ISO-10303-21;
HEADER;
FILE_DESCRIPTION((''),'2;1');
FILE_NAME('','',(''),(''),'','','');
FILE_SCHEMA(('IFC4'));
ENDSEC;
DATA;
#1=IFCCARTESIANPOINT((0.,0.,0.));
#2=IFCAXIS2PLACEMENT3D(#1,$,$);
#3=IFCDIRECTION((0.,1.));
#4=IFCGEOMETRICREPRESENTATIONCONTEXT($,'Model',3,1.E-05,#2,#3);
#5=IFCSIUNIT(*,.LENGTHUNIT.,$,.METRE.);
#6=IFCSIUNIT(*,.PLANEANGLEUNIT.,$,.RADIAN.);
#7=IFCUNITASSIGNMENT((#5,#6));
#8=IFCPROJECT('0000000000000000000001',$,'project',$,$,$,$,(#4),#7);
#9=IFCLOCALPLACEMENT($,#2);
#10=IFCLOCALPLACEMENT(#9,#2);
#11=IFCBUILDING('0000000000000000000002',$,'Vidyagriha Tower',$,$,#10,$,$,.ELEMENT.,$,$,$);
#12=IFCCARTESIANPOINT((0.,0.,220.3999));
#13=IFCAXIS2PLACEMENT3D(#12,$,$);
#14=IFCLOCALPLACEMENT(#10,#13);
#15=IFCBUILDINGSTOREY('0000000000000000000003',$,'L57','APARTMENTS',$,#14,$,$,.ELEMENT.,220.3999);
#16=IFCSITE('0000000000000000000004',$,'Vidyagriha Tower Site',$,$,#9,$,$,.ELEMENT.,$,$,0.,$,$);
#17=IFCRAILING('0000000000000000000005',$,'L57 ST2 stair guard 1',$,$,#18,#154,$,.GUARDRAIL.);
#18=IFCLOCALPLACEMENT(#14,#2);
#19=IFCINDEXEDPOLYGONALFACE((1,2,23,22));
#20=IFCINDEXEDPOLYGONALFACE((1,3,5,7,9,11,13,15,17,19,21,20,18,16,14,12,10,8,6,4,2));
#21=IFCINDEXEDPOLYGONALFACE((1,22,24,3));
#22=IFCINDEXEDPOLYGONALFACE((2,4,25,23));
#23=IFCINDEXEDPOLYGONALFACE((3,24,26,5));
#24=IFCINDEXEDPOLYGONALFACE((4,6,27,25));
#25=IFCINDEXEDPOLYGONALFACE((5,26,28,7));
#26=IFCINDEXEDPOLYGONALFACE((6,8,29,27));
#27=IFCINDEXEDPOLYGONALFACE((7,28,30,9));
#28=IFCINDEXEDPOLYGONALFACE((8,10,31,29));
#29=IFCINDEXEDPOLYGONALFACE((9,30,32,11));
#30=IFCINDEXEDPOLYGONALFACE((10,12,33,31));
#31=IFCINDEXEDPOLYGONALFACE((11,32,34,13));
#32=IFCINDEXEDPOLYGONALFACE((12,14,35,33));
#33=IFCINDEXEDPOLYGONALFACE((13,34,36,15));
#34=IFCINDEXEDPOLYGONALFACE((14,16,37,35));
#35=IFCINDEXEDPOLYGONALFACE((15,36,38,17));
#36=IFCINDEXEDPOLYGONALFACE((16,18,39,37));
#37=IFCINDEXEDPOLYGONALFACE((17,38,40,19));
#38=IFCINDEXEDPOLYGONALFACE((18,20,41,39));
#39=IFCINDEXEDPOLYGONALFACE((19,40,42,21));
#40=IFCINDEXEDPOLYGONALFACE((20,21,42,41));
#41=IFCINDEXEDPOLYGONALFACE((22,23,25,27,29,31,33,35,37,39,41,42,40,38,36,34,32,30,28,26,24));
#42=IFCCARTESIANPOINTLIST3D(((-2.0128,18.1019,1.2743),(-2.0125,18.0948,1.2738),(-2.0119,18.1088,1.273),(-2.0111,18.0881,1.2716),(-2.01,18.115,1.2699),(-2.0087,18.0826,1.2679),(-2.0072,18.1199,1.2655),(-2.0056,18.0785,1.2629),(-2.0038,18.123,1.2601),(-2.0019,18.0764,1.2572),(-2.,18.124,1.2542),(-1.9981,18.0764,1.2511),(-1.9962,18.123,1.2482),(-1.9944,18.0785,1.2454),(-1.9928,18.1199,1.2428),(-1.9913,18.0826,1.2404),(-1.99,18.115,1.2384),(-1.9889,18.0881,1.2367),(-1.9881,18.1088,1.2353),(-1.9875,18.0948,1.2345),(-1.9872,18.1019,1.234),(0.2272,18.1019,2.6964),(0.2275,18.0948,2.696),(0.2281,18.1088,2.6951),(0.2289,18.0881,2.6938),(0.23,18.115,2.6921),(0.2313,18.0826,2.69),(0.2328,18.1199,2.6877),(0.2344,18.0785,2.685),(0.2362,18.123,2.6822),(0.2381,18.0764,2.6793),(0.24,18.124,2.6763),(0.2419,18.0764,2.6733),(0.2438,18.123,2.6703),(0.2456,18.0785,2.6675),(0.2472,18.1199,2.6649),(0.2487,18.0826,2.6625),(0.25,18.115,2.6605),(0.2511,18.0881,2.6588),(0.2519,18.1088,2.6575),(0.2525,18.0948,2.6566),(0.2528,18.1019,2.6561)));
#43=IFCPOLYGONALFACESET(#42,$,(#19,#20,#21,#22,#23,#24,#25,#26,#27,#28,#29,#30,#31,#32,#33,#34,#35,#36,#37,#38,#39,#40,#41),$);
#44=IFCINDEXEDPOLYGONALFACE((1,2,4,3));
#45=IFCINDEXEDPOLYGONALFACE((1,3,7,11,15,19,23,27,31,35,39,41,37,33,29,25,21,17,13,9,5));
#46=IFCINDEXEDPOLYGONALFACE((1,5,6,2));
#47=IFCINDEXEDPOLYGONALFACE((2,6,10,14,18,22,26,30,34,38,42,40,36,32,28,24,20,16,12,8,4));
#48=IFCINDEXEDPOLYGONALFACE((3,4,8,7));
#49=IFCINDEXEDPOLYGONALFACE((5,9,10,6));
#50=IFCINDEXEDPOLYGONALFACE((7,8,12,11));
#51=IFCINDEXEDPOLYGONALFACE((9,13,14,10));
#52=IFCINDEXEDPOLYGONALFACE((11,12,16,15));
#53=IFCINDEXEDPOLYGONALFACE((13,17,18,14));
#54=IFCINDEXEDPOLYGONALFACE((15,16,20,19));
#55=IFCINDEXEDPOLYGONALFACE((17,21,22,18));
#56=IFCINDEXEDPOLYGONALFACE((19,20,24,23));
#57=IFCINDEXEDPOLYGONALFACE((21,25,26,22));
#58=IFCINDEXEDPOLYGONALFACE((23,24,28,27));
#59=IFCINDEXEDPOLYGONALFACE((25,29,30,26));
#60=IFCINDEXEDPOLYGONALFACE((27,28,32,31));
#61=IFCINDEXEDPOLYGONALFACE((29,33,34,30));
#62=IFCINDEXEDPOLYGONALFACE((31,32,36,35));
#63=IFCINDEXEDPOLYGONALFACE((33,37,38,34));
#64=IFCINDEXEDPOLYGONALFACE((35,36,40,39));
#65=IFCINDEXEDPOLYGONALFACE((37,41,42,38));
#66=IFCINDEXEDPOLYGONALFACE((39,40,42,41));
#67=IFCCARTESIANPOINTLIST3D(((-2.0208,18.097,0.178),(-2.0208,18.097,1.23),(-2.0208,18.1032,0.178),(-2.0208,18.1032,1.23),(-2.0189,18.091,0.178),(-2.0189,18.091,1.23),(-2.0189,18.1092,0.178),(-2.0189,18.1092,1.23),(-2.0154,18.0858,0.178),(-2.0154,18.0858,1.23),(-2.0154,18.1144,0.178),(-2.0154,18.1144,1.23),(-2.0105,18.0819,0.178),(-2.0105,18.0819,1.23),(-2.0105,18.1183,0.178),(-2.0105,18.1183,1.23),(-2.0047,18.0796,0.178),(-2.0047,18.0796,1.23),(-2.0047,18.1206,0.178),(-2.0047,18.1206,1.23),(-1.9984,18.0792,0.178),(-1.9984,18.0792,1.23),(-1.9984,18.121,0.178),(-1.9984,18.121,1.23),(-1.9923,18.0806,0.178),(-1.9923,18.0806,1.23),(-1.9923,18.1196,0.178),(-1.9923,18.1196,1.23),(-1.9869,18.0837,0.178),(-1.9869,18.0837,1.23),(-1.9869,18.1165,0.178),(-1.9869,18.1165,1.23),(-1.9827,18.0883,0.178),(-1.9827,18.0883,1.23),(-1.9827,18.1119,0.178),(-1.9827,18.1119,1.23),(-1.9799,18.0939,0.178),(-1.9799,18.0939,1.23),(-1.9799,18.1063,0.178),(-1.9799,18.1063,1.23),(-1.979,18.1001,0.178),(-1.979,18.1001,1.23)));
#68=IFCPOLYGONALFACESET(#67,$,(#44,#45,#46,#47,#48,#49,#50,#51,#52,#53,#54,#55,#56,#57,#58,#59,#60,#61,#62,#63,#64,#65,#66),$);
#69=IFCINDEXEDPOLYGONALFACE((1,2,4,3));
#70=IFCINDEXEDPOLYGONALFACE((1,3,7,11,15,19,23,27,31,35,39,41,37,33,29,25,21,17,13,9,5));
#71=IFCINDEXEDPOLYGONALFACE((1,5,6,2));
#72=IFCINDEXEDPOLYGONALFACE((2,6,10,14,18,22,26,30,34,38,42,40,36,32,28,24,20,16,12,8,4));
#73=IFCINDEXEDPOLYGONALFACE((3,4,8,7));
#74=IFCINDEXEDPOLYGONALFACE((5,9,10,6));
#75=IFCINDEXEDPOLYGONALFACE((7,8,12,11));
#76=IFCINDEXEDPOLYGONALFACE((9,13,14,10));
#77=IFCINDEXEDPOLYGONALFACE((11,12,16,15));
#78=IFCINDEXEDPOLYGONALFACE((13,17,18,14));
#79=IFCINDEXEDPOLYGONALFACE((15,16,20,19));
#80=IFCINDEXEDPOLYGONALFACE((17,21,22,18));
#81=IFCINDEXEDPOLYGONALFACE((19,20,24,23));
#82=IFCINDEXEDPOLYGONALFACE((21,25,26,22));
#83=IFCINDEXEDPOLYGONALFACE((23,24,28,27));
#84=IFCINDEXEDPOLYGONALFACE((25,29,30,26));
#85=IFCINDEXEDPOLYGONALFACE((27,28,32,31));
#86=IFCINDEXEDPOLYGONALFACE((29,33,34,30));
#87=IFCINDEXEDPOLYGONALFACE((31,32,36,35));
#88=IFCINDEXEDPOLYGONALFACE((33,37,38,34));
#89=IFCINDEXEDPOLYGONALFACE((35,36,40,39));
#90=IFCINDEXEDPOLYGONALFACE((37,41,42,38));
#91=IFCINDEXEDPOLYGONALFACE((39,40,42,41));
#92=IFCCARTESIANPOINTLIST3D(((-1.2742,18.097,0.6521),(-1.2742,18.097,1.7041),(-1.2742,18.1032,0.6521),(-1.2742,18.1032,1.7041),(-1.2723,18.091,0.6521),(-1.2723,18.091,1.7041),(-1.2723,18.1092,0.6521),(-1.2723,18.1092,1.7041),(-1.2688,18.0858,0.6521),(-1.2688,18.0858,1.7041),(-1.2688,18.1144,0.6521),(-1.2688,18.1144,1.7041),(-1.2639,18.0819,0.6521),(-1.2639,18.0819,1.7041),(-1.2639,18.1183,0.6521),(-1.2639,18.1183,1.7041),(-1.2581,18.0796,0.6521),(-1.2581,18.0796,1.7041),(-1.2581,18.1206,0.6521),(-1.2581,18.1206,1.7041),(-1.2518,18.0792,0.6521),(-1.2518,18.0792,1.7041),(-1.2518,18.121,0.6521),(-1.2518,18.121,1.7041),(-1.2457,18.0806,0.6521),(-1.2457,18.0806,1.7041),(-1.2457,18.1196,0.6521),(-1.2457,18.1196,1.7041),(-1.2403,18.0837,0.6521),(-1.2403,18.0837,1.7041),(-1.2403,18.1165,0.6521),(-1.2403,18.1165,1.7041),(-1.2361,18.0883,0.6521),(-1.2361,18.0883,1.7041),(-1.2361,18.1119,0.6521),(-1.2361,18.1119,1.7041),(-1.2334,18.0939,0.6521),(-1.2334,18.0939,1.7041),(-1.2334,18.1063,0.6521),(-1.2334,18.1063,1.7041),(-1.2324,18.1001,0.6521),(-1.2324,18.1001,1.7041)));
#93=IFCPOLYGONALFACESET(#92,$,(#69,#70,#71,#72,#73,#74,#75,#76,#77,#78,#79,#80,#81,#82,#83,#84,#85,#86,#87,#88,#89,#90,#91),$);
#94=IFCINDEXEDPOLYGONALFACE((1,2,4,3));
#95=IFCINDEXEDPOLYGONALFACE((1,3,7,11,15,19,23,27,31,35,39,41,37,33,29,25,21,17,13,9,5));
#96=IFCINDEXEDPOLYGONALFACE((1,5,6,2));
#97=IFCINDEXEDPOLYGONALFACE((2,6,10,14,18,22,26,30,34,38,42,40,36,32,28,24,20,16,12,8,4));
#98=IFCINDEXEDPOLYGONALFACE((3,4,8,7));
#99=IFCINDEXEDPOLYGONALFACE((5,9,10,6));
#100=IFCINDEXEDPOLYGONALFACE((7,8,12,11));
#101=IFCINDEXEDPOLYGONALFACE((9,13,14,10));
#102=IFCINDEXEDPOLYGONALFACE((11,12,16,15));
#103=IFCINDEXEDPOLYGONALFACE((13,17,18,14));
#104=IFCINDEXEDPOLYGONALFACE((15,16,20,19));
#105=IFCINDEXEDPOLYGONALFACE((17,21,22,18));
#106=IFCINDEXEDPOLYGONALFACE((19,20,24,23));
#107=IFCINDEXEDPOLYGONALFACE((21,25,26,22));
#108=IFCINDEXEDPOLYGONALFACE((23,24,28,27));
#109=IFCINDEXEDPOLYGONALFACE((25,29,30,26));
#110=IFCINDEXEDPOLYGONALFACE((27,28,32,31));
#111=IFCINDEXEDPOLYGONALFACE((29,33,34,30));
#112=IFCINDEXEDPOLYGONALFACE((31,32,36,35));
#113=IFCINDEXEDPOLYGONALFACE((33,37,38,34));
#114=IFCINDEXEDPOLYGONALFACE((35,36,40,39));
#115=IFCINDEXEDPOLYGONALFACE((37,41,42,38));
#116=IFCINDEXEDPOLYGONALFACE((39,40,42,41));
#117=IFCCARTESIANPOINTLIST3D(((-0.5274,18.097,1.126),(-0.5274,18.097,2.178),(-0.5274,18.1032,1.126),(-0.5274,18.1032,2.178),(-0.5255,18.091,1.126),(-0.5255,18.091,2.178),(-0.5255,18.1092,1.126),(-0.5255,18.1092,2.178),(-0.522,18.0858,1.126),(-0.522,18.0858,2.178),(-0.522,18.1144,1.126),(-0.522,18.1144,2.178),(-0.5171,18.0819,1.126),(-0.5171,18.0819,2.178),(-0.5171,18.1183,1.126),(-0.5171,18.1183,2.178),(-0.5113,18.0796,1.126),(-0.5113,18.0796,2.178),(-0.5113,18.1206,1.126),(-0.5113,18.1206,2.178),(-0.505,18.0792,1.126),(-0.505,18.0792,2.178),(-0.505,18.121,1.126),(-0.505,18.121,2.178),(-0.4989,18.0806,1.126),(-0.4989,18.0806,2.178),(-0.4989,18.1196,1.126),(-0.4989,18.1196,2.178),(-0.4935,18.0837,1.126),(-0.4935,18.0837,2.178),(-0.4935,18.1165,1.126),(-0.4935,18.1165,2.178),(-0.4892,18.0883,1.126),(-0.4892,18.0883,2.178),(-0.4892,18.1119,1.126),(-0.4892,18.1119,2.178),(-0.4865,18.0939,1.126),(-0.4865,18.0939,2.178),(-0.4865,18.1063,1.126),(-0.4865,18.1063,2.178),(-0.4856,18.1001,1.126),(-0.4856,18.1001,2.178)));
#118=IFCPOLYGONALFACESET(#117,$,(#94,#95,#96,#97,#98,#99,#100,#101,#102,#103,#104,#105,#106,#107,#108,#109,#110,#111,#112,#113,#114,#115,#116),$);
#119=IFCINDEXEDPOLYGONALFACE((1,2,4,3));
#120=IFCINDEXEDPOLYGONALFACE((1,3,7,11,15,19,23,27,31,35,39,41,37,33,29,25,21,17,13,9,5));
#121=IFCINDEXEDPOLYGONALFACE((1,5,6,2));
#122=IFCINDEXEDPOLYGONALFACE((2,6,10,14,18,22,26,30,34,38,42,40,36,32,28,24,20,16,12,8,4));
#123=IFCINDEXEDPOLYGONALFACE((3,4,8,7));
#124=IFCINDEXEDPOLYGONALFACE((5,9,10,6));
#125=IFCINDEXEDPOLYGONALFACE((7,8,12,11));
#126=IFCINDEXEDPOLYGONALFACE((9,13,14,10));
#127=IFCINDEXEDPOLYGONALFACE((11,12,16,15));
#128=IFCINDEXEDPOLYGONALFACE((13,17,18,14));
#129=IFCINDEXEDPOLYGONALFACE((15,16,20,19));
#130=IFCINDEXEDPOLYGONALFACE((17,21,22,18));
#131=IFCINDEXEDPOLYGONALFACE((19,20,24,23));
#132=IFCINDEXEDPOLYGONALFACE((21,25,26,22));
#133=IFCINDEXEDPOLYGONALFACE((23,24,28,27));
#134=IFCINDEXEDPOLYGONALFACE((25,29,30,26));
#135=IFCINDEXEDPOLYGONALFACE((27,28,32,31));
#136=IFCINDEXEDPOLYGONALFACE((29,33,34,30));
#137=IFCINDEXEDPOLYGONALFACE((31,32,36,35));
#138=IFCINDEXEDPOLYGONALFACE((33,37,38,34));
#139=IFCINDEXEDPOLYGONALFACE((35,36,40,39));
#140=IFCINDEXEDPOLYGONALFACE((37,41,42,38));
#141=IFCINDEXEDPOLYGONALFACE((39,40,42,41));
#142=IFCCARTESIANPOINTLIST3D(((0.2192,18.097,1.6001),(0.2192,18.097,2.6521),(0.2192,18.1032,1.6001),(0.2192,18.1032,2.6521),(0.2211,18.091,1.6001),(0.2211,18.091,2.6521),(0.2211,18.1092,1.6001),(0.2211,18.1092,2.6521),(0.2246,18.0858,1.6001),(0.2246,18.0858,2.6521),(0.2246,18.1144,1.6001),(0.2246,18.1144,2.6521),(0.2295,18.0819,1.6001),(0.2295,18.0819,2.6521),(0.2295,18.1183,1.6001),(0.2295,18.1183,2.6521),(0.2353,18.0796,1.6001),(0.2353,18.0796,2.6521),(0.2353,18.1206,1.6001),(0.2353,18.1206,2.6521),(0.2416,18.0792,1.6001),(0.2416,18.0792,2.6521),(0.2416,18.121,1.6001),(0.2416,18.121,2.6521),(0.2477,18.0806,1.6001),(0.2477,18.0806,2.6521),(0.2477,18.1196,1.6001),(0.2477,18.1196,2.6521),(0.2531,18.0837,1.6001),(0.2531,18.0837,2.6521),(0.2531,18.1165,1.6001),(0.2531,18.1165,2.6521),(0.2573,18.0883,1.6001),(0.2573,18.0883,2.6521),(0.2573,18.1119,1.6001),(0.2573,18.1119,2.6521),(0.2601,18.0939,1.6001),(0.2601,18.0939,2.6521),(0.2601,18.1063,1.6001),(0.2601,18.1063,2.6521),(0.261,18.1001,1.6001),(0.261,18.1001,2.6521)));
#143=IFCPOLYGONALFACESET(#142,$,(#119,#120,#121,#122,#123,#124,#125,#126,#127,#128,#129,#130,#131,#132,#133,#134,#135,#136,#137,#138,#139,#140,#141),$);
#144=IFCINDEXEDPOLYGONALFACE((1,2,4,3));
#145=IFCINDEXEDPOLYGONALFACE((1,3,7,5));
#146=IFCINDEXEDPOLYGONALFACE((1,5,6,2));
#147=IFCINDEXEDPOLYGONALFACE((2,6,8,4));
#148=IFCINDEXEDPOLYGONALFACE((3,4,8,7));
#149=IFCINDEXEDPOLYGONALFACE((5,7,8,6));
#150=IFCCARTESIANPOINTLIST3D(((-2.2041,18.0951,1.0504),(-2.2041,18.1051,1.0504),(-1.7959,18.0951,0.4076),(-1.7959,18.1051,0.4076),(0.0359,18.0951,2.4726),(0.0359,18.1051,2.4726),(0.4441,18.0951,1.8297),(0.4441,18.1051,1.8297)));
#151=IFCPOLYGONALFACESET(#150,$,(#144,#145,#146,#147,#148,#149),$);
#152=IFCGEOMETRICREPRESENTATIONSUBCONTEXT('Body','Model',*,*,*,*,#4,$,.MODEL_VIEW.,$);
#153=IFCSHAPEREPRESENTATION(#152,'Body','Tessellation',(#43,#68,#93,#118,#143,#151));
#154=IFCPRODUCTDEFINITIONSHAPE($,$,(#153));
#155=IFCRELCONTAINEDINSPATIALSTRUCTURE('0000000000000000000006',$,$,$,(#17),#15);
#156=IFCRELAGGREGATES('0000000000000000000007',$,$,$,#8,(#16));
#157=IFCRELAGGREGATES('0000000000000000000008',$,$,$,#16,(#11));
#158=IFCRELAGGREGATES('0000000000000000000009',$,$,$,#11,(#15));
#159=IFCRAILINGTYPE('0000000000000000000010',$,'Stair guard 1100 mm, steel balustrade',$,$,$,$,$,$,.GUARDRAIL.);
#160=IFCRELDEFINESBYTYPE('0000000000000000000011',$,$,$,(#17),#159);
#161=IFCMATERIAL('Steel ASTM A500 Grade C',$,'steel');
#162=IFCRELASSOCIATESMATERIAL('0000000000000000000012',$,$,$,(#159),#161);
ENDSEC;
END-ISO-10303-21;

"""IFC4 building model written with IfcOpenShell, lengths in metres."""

from ifc_helpers import new_model, si_unit, direction, frame, origin, origin_2d, place, context, subcontext, project, spatial, rectangle, circle, extrude, material, type_object, element, save


model = new_model("IFC4")

# Units and contexts
model_context = context("Model", 3, precision=1e-05, world=origin(), true_north=direction((0.0, 1.0)))
body_context = subcontext(model_context, "Body", "Model", "MODEL_VIEW")
ifc_project = project(units=[si_unit("LENGTHUNIT", "METRE"), si_unit("PLANEANGLEUNIT", "RADIAN")], contexts=[model_context])

# Site, building, storey
site_placement = place(None, origin())
site = spatial("IfcSite", under=ifc_project, at=site_placement, Name="Vidyagriha Tower Site", CompositionType="ELEMENT", RefElevation=0.0)
building_placement = place(site_placement, origin())
building = spatial("IfcBuilding", under=site, at=building_placement, Name="Vidyagriha Tower", CompositionType="ELEMENT")
storey_placement = place(building_placement, frame((0.0, 0.0, 220.3999)))
storey = spatial("IfcBuildingStorey", under=building, at=storey_placement, Name="L57", Description="APARTMENTS", CompositionType="ELEMENT", Elevation=220.3999)

# Railing
ifc_material_1 = material(Name="Steel ASTM A500 Grade C", Category="steel")
railing_type_1 = type_object("IfcRailingType", Name="Stair guard 1100 mm, steel balustrade", PredefinedType="GUARDRAIL", material=ifc_material_1)
railing_1_placement = place(storey_placement, frame((-2.0, 18.1001, 0.178)))
element("IfcRailing", 1, at=railing_1_placement, inside=storey, type_object=railing_type_1, Name="L57 ST2 stair guard 1", PredefinedType="GUARDRAIL", context=body_context, shape_type="SweptSolid", body=[
    extrude(circle(Radius=0.0239, at=origin_2d()), frame((0.0, 0.0, 1.0762), z_axis=(0.844229, 0.0, 0.535982), x_axis=(0.0, 1.0, 0.0)), (0.0, 0.0, 1.0), 2.6533),
    extrude(circle(Radius=0.021, at=origin_2d()), origin(), (0.0, 0.0, 1.0), 1.052),
    extrude(circle(Radius=0.021, at=origin_2d()), frame((0.7466, 0.0, 0.4741)), (0.0, 0.0, 1.0), 1.052),
    extrude(circle(Radius=0.021, at=origin_2d()), frame((1.4934, 0.0, 0.948)), (0.0, 0.0, 1.0), 1.052),
    extrude(circle(Radius=0.021, at=origin_2d()), frame((2.24, 0.0, 1.4221)), (0.0, 0.0, 1.0), 1.052),
    extrude(rectangle(XDim=0.01, YDim=0.7615, at=origin_2d()), frame((0.0, 0.0, 0.551), z_axis=(0.844229, 0.0, 0.535982), x_axis=(0.0, 1.0, 0.0)), (0.0, 0.0, 1.0), 2.6533),
])

save(model, "model.ifc")
